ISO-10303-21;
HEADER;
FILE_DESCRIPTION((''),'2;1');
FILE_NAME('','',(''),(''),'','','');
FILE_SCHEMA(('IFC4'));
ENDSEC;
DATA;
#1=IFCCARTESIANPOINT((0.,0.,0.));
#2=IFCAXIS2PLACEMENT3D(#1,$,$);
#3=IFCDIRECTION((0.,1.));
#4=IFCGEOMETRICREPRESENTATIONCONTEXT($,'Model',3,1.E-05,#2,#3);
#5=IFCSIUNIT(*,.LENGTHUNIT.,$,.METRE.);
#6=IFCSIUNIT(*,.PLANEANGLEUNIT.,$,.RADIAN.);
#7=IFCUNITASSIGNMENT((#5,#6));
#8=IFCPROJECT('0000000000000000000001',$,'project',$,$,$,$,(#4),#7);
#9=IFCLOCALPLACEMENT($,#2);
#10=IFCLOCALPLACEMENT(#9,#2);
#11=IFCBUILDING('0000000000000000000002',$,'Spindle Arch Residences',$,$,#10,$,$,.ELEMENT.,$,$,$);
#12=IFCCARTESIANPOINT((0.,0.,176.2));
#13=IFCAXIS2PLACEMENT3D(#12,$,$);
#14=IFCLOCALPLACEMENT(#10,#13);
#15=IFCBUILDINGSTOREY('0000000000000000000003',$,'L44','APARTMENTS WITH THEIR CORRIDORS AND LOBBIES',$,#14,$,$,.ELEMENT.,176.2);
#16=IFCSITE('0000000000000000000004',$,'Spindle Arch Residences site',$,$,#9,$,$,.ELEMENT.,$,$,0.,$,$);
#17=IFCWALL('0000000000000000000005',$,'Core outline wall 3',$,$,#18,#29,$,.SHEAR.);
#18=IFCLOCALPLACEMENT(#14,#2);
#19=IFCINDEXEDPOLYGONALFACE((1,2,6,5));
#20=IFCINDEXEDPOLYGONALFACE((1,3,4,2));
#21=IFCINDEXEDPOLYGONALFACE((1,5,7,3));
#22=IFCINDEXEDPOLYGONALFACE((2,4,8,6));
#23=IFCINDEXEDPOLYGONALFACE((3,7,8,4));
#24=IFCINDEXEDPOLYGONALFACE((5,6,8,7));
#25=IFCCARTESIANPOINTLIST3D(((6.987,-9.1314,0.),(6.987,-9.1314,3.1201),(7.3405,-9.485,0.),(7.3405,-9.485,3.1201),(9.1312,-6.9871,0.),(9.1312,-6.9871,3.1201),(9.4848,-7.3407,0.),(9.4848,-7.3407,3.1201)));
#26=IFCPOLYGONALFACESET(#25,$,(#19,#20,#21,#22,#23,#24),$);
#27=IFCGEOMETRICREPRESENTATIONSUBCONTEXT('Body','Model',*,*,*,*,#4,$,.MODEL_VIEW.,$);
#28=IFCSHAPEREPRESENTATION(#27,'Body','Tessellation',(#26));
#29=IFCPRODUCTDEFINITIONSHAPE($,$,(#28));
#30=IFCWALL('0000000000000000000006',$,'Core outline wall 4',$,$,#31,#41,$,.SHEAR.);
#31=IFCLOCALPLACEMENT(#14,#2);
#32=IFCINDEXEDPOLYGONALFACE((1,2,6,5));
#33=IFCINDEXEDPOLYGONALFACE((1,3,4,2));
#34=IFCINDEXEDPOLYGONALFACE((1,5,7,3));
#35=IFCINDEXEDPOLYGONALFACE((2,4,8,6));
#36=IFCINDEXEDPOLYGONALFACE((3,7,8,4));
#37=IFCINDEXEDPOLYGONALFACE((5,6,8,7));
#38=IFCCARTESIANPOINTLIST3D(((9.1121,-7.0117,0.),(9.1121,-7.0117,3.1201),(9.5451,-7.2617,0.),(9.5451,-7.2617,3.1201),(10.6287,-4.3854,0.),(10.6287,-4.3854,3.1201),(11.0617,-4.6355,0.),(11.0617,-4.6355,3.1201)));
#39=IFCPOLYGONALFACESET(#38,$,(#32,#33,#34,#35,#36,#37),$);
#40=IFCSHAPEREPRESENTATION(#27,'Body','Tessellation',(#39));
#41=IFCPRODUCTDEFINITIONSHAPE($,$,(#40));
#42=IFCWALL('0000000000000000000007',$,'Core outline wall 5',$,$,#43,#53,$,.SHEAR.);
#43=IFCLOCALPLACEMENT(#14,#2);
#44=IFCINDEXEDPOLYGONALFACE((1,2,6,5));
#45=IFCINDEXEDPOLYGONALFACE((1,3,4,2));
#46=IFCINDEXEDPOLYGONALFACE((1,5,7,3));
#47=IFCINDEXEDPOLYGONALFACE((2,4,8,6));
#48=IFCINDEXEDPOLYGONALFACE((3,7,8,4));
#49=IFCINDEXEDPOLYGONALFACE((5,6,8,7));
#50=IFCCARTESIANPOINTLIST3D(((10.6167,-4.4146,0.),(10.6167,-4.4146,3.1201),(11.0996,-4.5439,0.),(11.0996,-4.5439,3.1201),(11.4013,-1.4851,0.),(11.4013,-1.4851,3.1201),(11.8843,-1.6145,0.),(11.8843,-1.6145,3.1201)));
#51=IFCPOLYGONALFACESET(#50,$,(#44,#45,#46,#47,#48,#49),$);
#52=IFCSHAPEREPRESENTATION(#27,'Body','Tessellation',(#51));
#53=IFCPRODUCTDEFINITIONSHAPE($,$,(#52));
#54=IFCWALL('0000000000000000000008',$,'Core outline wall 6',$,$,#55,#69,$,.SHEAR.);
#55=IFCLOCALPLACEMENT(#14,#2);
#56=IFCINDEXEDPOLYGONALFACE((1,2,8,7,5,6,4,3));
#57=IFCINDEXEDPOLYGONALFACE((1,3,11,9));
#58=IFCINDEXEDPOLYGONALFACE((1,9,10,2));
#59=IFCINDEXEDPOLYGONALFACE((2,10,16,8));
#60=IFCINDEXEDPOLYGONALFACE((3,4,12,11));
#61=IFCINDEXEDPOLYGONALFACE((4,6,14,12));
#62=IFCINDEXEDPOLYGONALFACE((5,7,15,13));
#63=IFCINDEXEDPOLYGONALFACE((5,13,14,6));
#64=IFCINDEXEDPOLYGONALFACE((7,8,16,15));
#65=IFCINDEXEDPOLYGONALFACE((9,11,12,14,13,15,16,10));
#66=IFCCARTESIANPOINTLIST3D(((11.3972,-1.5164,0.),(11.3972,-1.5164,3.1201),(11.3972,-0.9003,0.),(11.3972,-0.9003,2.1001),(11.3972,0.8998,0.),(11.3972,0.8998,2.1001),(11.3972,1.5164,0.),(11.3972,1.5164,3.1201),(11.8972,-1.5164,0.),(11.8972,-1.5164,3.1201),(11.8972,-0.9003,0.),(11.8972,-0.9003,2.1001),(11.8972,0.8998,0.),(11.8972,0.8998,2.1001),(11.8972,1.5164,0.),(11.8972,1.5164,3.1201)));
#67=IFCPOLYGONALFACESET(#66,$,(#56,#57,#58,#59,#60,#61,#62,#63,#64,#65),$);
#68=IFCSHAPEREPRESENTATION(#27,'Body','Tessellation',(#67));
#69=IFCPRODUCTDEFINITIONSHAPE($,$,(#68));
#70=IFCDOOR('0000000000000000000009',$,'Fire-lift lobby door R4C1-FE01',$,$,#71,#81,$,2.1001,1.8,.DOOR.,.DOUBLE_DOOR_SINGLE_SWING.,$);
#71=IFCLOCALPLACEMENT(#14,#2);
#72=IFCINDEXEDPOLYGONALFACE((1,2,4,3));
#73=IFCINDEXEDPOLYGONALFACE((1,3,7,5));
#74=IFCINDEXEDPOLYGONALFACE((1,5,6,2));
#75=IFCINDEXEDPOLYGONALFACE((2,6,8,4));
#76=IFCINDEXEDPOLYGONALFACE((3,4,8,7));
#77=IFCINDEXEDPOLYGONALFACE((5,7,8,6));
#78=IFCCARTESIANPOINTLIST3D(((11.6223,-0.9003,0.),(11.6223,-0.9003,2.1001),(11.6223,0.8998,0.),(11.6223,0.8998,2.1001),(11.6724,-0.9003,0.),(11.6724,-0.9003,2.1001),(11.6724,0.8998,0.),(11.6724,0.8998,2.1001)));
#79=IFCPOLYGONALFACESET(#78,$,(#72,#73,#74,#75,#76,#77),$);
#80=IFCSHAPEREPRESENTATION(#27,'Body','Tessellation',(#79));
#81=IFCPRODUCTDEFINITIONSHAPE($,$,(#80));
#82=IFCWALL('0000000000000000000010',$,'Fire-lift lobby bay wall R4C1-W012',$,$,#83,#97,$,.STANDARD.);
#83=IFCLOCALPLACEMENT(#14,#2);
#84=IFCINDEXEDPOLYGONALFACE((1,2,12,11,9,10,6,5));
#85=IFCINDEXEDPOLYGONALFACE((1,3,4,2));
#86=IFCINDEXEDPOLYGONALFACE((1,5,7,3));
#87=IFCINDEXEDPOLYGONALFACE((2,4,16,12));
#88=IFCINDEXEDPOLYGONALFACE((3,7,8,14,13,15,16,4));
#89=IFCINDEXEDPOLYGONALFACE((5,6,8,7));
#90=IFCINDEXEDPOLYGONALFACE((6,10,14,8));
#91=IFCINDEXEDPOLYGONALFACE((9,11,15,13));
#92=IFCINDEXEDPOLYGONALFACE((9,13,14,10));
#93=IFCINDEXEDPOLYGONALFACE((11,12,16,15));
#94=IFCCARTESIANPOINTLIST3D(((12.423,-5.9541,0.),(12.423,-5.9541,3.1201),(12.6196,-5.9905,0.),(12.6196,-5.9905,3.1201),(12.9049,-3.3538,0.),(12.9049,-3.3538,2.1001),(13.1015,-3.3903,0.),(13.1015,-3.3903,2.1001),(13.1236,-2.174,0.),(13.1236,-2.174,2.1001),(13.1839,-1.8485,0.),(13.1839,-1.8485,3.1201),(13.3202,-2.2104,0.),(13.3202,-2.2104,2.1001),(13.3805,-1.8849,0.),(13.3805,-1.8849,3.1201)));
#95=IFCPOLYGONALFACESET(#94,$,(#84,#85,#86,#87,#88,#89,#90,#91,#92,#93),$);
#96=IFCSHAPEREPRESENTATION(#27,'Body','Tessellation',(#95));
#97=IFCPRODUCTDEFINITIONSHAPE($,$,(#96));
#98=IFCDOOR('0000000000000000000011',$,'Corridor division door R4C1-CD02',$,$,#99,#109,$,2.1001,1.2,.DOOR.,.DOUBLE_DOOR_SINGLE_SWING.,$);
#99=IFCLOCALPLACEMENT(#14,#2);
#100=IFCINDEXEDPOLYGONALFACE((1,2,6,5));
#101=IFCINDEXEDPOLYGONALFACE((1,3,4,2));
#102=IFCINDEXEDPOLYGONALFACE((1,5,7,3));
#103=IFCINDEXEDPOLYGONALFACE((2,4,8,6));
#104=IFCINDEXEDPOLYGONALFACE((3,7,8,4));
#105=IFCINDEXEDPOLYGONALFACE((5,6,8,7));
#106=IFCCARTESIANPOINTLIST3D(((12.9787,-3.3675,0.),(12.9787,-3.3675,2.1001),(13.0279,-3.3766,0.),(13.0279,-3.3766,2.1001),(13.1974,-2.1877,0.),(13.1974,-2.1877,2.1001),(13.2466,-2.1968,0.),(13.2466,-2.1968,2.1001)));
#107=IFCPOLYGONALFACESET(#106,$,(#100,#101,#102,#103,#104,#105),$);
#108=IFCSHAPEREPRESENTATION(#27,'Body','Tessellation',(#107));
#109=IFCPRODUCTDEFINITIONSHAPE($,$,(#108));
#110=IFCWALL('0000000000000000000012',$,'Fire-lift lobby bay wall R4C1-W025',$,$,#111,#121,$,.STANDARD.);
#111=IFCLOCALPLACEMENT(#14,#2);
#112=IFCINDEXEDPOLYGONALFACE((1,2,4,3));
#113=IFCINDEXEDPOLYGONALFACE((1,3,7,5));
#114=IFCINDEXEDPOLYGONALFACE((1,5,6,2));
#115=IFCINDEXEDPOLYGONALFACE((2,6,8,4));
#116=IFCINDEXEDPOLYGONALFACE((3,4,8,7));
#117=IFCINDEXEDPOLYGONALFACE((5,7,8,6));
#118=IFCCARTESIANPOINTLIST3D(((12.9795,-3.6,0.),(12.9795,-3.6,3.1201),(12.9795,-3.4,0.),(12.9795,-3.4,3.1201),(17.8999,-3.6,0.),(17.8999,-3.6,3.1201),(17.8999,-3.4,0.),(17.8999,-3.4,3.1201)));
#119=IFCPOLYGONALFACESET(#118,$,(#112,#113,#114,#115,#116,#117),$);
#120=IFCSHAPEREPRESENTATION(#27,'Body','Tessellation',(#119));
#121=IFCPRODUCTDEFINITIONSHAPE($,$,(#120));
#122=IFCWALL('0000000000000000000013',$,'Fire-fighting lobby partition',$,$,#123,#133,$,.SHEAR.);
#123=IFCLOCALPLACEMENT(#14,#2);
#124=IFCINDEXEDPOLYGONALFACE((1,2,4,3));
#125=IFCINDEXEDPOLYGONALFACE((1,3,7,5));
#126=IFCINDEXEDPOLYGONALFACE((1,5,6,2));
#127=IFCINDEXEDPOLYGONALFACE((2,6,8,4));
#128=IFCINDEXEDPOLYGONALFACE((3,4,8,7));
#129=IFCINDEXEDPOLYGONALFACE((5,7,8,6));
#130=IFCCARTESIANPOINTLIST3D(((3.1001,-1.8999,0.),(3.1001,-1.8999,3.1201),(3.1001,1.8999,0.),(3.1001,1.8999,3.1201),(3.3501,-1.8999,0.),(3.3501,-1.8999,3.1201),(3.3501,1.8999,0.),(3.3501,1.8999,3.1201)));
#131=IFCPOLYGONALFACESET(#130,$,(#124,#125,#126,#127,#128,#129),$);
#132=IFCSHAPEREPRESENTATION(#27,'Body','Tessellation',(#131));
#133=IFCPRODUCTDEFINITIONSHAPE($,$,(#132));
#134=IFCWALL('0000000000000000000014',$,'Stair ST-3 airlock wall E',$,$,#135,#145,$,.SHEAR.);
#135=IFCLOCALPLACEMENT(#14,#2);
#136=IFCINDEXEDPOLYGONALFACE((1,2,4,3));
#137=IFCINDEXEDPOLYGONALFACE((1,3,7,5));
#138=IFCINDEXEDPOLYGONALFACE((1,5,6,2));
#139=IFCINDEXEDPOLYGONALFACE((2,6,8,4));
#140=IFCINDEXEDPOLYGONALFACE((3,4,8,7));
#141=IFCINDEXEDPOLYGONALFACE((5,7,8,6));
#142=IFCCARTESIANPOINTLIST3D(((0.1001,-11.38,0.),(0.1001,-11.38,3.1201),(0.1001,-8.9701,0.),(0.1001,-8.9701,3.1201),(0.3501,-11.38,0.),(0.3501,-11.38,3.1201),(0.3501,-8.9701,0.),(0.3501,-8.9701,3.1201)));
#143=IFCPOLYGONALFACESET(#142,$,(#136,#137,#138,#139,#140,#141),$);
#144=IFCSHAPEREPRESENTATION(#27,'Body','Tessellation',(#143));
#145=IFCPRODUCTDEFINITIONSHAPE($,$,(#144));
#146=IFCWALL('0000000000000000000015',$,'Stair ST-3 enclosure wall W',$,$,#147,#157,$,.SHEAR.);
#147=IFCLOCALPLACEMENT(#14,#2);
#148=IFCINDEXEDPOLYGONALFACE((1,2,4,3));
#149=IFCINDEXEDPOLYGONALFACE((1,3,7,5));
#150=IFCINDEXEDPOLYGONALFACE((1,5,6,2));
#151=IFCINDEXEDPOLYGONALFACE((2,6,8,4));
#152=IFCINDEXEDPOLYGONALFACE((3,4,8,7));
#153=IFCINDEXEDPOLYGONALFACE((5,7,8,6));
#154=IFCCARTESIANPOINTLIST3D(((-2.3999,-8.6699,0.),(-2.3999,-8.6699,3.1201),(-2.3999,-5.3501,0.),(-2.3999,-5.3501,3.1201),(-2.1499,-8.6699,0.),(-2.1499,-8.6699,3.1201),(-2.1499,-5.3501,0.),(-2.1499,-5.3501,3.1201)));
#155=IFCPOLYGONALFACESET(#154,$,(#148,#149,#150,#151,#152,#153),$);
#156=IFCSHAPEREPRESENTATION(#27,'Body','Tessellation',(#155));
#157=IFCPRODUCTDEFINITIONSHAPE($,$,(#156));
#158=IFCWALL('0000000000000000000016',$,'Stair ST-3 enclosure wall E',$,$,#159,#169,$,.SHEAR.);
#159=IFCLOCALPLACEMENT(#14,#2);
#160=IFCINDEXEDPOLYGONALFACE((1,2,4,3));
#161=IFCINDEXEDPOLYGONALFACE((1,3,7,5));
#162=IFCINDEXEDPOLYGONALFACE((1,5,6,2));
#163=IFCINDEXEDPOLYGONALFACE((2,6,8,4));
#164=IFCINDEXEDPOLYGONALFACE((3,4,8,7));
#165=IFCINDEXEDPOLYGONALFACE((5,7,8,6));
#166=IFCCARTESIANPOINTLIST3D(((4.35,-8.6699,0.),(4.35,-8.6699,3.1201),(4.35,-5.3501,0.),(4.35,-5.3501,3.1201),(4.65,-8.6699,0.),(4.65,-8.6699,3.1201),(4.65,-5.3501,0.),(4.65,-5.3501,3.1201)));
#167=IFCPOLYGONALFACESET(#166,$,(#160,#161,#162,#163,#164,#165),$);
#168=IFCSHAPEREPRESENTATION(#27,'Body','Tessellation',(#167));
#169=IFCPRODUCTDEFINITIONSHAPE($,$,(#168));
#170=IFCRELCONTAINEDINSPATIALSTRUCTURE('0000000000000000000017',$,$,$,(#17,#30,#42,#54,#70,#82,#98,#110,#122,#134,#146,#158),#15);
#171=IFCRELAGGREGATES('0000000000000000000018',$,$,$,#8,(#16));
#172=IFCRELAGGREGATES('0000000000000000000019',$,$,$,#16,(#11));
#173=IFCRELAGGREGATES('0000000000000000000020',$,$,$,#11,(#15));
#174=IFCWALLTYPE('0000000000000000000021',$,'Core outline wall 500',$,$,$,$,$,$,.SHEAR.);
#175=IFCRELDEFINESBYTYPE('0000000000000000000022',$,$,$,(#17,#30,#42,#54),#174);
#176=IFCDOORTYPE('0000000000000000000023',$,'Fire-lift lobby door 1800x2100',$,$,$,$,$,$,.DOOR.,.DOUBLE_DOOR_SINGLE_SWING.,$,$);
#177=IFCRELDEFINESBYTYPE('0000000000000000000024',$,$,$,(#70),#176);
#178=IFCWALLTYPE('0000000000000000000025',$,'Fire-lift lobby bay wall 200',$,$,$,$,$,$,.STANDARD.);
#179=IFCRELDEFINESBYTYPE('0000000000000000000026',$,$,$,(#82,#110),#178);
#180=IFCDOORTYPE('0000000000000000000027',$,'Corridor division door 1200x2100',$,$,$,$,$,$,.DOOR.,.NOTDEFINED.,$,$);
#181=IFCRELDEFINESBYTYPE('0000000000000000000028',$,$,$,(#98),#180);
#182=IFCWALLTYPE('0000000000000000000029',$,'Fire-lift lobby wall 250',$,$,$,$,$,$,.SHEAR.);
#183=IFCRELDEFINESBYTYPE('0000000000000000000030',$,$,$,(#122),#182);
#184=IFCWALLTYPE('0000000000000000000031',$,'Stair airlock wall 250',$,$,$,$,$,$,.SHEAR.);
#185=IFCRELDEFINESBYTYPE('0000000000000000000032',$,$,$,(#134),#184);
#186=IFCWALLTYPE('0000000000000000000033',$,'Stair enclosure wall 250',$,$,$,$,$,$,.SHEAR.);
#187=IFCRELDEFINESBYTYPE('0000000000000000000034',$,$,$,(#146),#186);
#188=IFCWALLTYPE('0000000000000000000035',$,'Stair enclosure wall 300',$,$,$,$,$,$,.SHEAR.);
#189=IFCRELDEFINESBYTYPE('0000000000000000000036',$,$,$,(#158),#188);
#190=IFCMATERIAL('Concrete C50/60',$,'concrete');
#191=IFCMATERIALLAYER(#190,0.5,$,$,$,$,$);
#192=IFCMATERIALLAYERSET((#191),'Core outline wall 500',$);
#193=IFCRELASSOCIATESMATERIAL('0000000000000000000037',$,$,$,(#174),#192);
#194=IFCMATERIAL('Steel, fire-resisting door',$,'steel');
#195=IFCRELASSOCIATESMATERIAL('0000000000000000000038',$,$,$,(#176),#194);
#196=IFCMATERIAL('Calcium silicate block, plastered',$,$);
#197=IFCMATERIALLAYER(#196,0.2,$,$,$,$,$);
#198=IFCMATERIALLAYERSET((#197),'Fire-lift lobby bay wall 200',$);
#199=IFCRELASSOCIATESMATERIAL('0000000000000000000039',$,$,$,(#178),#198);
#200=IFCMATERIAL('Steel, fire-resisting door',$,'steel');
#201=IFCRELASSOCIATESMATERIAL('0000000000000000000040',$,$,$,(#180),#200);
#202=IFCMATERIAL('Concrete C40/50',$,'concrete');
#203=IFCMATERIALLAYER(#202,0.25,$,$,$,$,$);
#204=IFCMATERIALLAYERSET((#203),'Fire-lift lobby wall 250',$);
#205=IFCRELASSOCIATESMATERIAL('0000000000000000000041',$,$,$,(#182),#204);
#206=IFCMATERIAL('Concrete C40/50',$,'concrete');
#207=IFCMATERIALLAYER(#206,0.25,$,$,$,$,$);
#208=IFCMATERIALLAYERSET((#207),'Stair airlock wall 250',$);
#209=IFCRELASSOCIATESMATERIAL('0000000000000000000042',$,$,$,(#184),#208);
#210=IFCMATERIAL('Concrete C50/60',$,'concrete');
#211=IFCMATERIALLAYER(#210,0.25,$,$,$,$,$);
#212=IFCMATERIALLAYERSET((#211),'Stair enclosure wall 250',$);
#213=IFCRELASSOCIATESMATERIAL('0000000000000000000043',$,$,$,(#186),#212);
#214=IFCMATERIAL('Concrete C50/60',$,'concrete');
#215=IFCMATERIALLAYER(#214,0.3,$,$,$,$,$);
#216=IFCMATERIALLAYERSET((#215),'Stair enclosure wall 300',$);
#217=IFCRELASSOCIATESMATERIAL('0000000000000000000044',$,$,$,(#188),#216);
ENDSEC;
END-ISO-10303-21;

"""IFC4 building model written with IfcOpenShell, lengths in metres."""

from ifc_helpers import new_model, si_unit, direction, frame, frame_2d, origin, place, context, subcontext, project, spatial, rectangle, extrude, material, layer, layer_set, type_object, element, fill, save


model = new_model("IFC4")

# Units and contexts
model_context = context("Model", 3, precision=1e-05, world=origin(), true_north=direction((0.0, 1.0)))
body_context = subcontext(model_context, "Body", "Model", "MODEL_VIEW")
ifc_project = project(units=[si_unit("LENGTHUNIT", "METRE"), si_unit("PLANEANGLEUNIT", "RADIAN")], contexts=[model_context])

# Site, building, storey
site_placement = place(None, origin())
site = spatial("IfcSite", under=ifc_project, at=site_placement, Name="Spindle Arch Residences site", CompositionType="ELEMENT", RefElevation=0.0)
building_placement = place(site_placement, origin())
building = spatial("IfcBuilding", under=site, at=building_placement, Name="Spindle Arch Residences", CompositionType="ELEMENT")
storey_placement = place(building_placement, frame((0.0, 0.0, 176.2)))
storey = spatial("IfcBuildingStorey", under=building, at=storey_placement, Name="L44", Description="APARTMENTS WITH THEIR CORRIDORS AND LOBBIES", CompositionType="ELEMENT", Elevation=176.2)

# Walls
ifc_material_1 = material(Name="Concrete C50/60", Category="concrete")
ifc_layer_1 = layer(ifc_material_1, 0.5)
ifc_layer_set_1 = layer_set([ifc_layer_1], Name="Core outline wall 500")
wall_type_1 = type_object("IfcWallType", Name="Core outline wall 500", PredefinedType="SHEAR", material=ifc_layer_set_1)
wall_1_placement = place(storey_placement, frame((7.1638, -9.3081, 0.0), z_axis=(0.0, 0.0, 1.0), x_axis=(0.707107, 0.707107, 0.0)))
element("IfcWall", 1, at=wall_1_placement, inside=storey, type_object=wall_type_1, Name="Core outline wall 3", PredefinedType="SHEAR", context=body_context, shape_type="SweptSolid", body=[
    extrude(rectangle(XDim=3.0325, YDim=0.5, at=frame_2d((1.5161, 0.0))), origin(), (0.0, 0.0, 1.0), 3.1201),
])
for number, where, z_axis, x_axis, name in (
    (2, (9.3286, -7.1367, 0.0), (0.0, 0.0, 1.0), (0.500087, 0.865975, 0.0), "Core outline wall 4"),
    (3, (10.8582, -4.4792, 0.0), (0.0, 0.0, 1.0), (0.258735, 0.965948, 0.0), "Core outline wall 5"),
):
    element("IfcWall", number, at=place(storey_placement, frame(where, z_axis=z_axis, x_axis=x_axis)), inside=storey, type_object=wall_type_1, Name=name, PredefinedType="SHEAR", context=body_context, shape_type="SweptSolid", body=[
        extrude(rectangle(XDim=3.0327, YDim=0.5, at=frame_2d((1.5164, 0.0))), origin(), (0.0, 0.0, 1.0), 3.1201),
    ])

# Walls, openings, doors
wall_2_placement = place(storey_placement, frame((11.6472, -1.5164, 0.0), z_axis=(0.0, 0.0, 1.0), x_axis=(0.0, 1.0, 0.0)))
wall_2 = element("IfcWall", 4, at=wall_2_placement, inside=storey, type_object=wall_type_1, Name="Core outline wall 6", PredefinedType="SHEAR", context=body_context, shape_type="SweptSolid", body=[
    extrude(rectangle(XDim=3.0327, YDim=0.5, at=frame_2d((1.5164, 0.0))), origin(), (0.0, 0.0, 1.0), 3.1201),
])
opening_1_placement = place(wall_2_placement, frame((0.6162, 0.0, 0.0)))
opening_1 = element("IfcOpeningElement", 5, at=opening_1_placement, cuts=wall_2, PredefinedType="OPENING", context=body_context, shape_type="SweptSolid", body=[
    extrude(rectangle(XDim=1.8, YDim=2.1001, at=frame_2d((0.8999, 1.05))), frame((0.0, 0.26, 0.0), z_axis=(0.0, -1.0, 0.0), x_axis=(1.0, 0.0, 0.0)), (0.0, 0.0, 1.0), 0.52),
])
ifc_material_2 = material(Name="Steel, fire-resisting door", Category="steel")
door_type_1 = type_object("IfcDoorType", Name="Fire-lift lobby door 1800x2100", OperationType="DOUBLE_DOOR_SINGLE_SWING", PredefinedType="DOOR", material=ifc_material_2)
door_1_placement = place(opening_1_placement, origin())
door_1 = element("IfcDoor", 6, at=door_1_placement, inside=storey, type_object=door_type_1, Name="Fire-lift lobby door R4C1-FE01", OperationType="DOUBLE_DOOR_SINGLE_SWING", OverallHeight=2.1001, OverallWidth=1.8, PredefinedType="DOOR", context=body_context, shape_type="SweptSolid", body=[
    extrude(rectangle(XDim=1.8, YDim=2.1001, at=frame_2d((0.8999, 1.05))), frame((0.0, 0.0249, 0.0), z_axis=(0.0, -1.0, 0.0), x_axis=(1.0, 0.0, 0.0)), (0.0, 0.0, 1.0), 0.05),
])
fill(opening_1, door_1)
ifc_material_3 = material(Name="Calcium silicate block, plastered")
ifc_layer_2 = layer(ifc_material_3, 0.2)
ifc_layer_set_2 = layer_set([ifc_layer_2], Name="Fire-lift lobby bay wall 200")
wall_type_2 = type_object("IfcWallType", Name="Fire-lift lobby bay wall 200", PredefinedType="STANDARD", material=ifc_layer_set_2)
wall_3_placement = place(storey_placement, frame((12.5212, -5.9724, 0.0), z_axis=(0.0, 0.0, 1.0), x_axis=(0.182244, 0.983253, 0.0)))
wall_3 = element("IfcWall", 7, at=wall_3_placement, inside=storey, type_object=wall_type_2, Name="Fire-lift lobby bay wall R4C1-W012", PredefinedType="STANDARD", context=body_context, shape_type="SweptSolid", body=[
    extrude(rectangle(XDim=4.1755, YDim=0.2, at=frame_2d((2.0879, 0.0))), origin(), (0.0, 0.0, 1.0), 3.1201),
])
opening_2_placement = place(wall_3_placement, frame((2.6445, 0.0, 0.0)))
opening_2 = element("IfcOpeningElement", 8, at=opening_2_placement, cuts=wall_3, PredefinedType="OPENING", context=body_context, shape_type="SweptSolid", body=[
    extrude(rectangle(XDim=1.2, YDim=2.1001, at=frame_2d((0.6001, 1.05))), frame((0.0, 0.1099, 0.0), z_axis=(0.0, -1.0, 0.0), x_axis=(1.0, 0.0, 0.0)), (0.0, 0.0, 1.0), 0.22),
])
ifc_material_4 = material(Name="Steel, fire-resisting door", Category="steel")
door_type_2 = type_object("IfcDoorType", Name="Corridor division door 1200x2100", OperationType="NOTDEFINED", PredefinedType="DOOR", material=ifc_material_4)
door_2_placement = place(opening_2_placement, origin())
door_2 = element("IfcDoor", 9, at=door_2_placement, inside=storey, type_object=door_type_2, Name="Corridor division door R4C1-CD02", OperationType="DOUBLE_DOOR_SINGLE_SWING", OverallHeight=2.1001, OverallWidth=1.2, PredefinedType="DOOR", context=body_context, shape_type="SweptSolid", body=[
    extrude(rectangle(XDim=1.2, YDim=2.1001, at=frame_2d((0.6001, 1.05))), frame((0.0, 0.0249, 0.0), z_axis=(0.0, -1.0, 0.0), x_axis=(1.0, 0.0, 0.0)), (0.0, 0.0, 1.0), 0.05),
])
fill(opening_2, door_2)

# Walls
wall_4_placement = place(storey_placement, frame((12.9795, -3.5, 0.0), z_axis=(0.0, 0.0, 1.0), x_axis=(1.0, 0.0, 0.0)))
element("IfcWall", 10, at=wall_4_placement, inside=storey, type_object=wall_type_2, Name="Fire-lift lobby bay wall R4C1-W025", PredefinedType="STANDARD", context=body_context, shape_type="SweptSolid", body=[
    extrude(rectangle(XDim=4.9204, YDim=0.2, at=frame_2d((2.4602, 0.0))), origin(), (0.0, 0.0, 1.0), 3.1201),
])
ifc_material_5 = material(Name="Concrete C40/50", Category="concrete")
ifc_layer_3 = layer(ifc_material_5, 0.25)
ifc_layer_set_3 = layer_set([ifc_layer_3], Name="Fire-lift lobby wall 250")
wall_type_3 = type_object("IfcWallType", Name="Fire-lift lobby wall 250", PredefinedType="SHEAR", material=ifc_layer_set_3)
wall_5_placement = place(storey_placement, frame((3.2251, -1.8999, 0.0), z_axis=(0.0, 0.0, 1.0), x_axis=(0.0, 1.0, 0.0)))
element("IfcWall", 11, at=wall_5_placement, inside=storey, type_object=wall_type_3, Name="Fire-fighting lobby partition", PredefinedType="SHEAR", context=body_context, shape_type="SweptSolid", body=[
    extrude(rectangle(XDim=3.7998, YDim=0.25, at=frame_2d((1.8999, 0.0))), origin(), (0.0, 0.0, 1.0), 3.1201),
])

# Walls
ifc_material_6 = material(Name="Concrete C40/50", Category="concrete")
ifc_layer_4 = layer(ifc_material_6, 0.25)
ifc_layer_set_4 = layer_set([ifc_layer_4], Name="Stair airlock wall 250")
wall_type_4 = type_object("IfcWallType", Name="Stair airlock wall 250", PredefinedType="SHEAR", material=ifc_layer_set_4)
wall_6_placement = place(storey_placement, frame((0.2251, -8.97, 0.0), z_axis=(0.0, 0.0, 1.0), x_axis=(0.0, -1.0, 0.0)))
element("IfcWall", 12, at=wall_6_placement, inside=storey, type_object=wall_type_4, Name="Stair ST-3 airlock wall E", PredefinedType="SHEAR", context=body_context, shape_type="SweptSolid", body=[
    extrude(rectangle(XDim=2.4099, YDim=0.25, at=frame_2d((1.2051, 0.0))), origin(), (0.0, 0.0, 1.0), 3.1201),
])
ifc_material_7 = material(Name="Concrete C50/60", Category="concrete")
ifc_layer_5 = layer(ifc_material_7, 0.25)
ifc_layer_set_5 = layer_set([ifc_layer_5], Name="Stair enclosure wall 250")
wall_type_5 = type_object("IfcWallType", Name="Stair enclosure wall 250", PredefinedType="SHEAR", material=ifc_layer_set_5)
wall_7_placement = place(storey_placement, frame((-2.2749, -8.6699, 0.0), z_axis=(0.0, 0.0, 1.0), x_axis=(0.0, 1.0, 0.0)))
element("IfcWall", 13, at=wall_7_placement, inside=storey, type_object=wall_type_5, Name="Stair ST-3 enclosure wall W", PredefinedType="SHEAR", context=body_context, shape_type="SweptSolid", body=[
    extrude(rectangle(XDim=3.3198, YDim=0.25, at=frame_2d((1.6599, 0.0))), origin(), (0.0, 0.0, 1.0), 3.1201),
])
ifc_material_8 = material(Name="Concrete C50/60", Category="concrete")
ifc_layer_6 = layer(ifc_material_8, 0.3)
ifc_layer_set_6 = layer_set([ifc_layer_6], Name="Stair enclosure wall 300")
wall_type_6 = type_object("IfcWallType", Name="Stair enclosure wall 300", PredefinedType="SHEAR", material=ifc_layer_set_6)
wall_8_placement = place(storey_placement, frame((4.5, -8.6699, 0.0), z_axis=(0.0, 0.0, 1.0), x_axis=(0.0, 1.0, 0.0)))
element("IfcWall", 14, at=wall_8_placement, inside=storey, type_object=wall_type_6, Name="Stair ST-3 enclosure wall E", PredefinedType="SHEAR", context=body_context, shape_type="SweptSolid", body=[
    extrude(rectangle(XDim=3.3198, YDim=0.3, at=frame_2d((1.6599, 0.0))), origin(), (0.0, 0.0, 1.0), 3.1201),
])

save(model, "model.ifc")
